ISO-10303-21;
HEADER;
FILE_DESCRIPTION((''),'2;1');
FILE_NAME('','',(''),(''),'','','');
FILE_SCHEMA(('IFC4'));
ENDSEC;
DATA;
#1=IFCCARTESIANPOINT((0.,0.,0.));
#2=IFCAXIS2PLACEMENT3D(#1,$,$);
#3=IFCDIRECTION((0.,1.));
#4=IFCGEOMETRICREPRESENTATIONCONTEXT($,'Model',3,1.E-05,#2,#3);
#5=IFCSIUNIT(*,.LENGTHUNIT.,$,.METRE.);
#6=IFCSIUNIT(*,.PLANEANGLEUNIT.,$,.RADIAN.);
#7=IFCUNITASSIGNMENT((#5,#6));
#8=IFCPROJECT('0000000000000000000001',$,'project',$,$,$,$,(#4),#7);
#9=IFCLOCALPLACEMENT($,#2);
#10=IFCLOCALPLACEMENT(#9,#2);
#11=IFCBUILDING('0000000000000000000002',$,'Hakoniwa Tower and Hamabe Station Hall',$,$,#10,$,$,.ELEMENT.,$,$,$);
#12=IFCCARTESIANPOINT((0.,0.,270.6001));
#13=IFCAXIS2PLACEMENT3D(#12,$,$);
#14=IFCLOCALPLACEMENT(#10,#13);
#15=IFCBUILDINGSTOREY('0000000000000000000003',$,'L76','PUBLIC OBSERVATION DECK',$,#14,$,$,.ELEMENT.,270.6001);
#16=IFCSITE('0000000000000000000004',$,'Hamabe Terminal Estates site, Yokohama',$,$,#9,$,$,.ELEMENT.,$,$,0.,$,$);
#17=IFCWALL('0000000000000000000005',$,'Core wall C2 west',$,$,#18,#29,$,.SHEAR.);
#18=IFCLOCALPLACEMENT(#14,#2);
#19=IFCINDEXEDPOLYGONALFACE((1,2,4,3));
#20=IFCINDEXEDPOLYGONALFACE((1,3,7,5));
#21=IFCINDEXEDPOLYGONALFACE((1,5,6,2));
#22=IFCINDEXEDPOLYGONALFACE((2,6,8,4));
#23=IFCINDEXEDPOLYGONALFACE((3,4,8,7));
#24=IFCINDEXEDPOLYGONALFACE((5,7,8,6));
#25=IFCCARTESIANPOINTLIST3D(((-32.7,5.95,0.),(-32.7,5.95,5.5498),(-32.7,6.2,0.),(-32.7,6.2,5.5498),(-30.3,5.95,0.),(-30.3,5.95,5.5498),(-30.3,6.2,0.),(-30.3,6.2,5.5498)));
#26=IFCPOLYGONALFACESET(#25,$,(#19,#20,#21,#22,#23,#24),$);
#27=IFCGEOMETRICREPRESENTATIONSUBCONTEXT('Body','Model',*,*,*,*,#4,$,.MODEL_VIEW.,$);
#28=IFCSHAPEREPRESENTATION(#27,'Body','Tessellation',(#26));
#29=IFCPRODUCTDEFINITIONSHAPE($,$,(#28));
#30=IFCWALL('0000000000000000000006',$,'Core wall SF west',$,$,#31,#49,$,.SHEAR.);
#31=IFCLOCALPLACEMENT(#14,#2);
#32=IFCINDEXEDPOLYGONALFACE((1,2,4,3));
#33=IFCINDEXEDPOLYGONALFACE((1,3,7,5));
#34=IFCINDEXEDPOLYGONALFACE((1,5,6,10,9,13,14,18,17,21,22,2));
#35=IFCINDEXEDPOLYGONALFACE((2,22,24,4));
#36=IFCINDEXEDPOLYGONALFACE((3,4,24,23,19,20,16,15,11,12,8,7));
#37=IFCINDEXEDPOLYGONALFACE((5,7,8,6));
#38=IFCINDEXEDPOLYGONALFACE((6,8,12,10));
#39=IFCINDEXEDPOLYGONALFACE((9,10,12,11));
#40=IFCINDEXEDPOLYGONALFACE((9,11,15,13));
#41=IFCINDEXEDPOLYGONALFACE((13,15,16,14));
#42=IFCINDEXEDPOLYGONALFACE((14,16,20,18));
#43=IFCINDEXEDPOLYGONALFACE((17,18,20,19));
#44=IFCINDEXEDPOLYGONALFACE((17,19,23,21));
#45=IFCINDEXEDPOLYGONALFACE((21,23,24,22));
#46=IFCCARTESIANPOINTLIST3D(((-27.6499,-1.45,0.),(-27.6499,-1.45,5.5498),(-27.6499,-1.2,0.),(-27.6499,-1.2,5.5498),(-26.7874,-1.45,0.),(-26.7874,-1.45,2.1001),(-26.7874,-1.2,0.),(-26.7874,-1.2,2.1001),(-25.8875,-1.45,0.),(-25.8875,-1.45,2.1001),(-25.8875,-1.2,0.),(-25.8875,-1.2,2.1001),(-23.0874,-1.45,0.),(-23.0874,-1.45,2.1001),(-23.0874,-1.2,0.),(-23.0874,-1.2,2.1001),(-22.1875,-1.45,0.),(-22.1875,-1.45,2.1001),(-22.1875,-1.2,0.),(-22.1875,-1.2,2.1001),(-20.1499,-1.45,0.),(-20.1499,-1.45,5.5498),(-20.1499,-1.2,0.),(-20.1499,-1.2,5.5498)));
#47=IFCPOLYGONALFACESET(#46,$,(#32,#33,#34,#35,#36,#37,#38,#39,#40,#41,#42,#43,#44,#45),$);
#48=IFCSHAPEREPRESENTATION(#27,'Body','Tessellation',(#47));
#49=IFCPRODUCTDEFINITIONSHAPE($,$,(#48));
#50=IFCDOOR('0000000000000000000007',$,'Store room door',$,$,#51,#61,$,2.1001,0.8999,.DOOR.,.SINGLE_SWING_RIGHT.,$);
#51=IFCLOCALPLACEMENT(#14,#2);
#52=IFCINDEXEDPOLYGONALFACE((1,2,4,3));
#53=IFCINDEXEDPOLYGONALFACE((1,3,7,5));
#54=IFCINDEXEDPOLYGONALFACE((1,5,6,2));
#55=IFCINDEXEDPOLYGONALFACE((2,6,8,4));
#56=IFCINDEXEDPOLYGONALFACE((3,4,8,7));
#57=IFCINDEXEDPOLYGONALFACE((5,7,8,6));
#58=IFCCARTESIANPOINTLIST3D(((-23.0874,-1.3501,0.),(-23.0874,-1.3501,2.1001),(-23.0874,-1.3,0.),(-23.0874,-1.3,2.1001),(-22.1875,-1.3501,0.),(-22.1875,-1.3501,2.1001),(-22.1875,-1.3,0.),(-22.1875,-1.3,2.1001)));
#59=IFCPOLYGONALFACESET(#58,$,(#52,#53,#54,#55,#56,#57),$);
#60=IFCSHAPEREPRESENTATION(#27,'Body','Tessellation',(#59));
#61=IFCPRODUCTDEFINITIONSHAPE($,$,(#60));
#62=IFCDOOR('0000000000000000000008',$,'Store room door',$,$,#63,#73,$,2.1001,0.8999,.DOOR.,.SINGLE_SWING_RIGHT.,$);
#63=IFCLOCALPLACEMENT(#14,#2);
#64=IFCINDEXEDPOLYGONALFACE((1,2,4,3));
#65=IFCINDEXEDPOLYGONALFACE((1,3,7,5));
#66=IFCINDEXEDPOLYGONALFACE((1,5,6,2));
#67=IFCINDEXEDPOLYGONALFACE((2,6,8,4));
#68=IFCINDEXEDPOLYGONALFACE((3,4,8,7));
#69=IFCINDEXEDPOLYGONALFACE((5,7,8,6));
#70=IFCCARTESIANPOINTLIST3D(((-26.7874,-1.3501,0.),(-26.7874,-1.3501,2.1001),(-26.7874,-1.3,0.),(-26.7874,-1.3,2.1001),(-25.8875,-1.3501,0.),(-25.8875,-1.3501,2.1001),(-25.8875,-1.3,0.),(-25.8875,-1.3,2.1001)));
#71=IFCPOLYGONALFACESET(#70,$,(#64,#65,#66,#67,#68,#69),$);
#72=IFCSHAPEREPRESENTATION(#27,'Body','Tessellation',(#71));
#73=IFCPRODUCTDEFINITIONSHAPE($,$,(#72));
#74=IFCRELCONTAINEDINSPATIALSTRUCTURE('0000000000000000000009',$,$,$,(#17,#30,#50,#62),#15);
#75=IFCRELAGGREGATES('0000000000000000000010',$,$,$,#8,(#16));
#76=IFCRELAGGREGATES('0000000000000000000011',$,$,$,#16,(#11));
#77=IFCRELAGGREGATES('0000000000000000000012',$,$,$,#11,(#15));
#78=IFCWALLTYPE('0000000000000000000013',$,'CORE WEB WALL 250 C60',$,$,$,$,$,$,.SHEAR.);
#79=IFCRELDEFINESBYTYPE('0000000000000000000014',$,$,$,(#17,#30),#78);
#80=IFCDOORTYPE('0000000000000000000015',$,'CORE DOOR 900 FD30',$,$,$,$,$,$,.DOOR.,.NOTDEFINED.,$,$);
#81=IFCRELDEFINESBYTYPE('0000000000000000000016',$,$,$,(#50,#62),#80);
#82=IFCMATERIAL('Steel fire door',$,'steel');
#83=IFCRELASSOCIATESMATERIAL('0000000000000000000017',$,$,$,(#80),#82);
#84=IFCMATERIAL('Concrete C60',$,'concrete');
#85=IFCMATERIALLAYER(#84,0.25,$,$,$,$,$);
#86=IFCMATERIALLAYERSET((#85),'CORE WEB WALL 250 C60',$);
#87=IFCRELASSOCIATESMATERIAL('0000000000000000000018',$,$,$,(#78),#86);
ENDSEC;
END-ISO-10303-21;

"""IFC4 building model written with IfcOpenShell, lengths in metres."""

from ifc_helpers import new_model, si_unit, direction, frame, frame_2d, origin, place, context, subcontext, project, spatial, rectangle, extrude, material, layer, layer_set, type_object, element, fill, save


model = new_model("IFC4")

# Units and contexts
model_context = context("Model", 3, precision=1e-05, world=origin(), true_north=direction((0.0, 1.0)))
body_context = subcontext(model_context, "Body", "Model", "MODEL_VIEW")
ifc_project = project(units=[si_unit("LENGTHUNIT", "METRE"), si_unit("PLANEANGLEUNIT", "RADIAN")], contexts=[model_context])

# Site, building, storey
site_placement = place(None, origin())
site = spatial("IfcSite", under=ifc_project, at=site_placement, Name="Hamabe Terminal Estates site, Yokohama", CompositionType="ELEMENT", RefElevation=0.0)
building_placement = place(site_placement, origin())
building = spatial("IfcBuilding", under=site, at=building_placement, Name="Hakoniwa Tower and Hamabe Station Hall", CompositionType="ELEMENT")
storey_placement = place(building_placement, frame((0.0, 0.0, 270.6001)))
storey = spatial("IfcBuildingStorey", under=building, at=storey_placement, Name="L76", Description="PUBLIC OBSERVATION DECK", CompositionType="ELEMENT", Elevation=270.6001)

# Shared definitions
ifc_material_1 = material(Name="Steel fire door", Category="steel")
door_type_1 = type_object("IfcDoorType", Name="CORE DOOR 900 FD30", OperationType="NOTDEFINED", PredefinedType="DOOR", material=ifc_material_1)

# Shared definitions
ifc_material_2 = material(Name="Concrete C60", Category="concrete")
ifc_layer_1 = layer(ifc_material_2, 0.25)
ifc_layer_set_1 = layer_set([ifc_layer_1], Name="CORE WEB WALL 250 C60")
wall_type_1 = type_object("IfcWallType", Name="CORE WEB WALL 250 C60", PredefinedType="SHEAR", material=ifc_layer_set_1)

# Wall
wall_1_placement = place(storey_placement, frame((-32.7, 6.075, 0.0), z_axis=(0.0, 0.0, 1.0), x_axis=(1.0, 0.0, 0.0)))
element("IfcWall", 1, at=wall_1_placement, inside=storey, type_object=wall_type_1, Name="Core wall C2 west", PredefinedType="SHEAR", context=body_context, shape_type="SweptSolid", body=[
    extrude(rectangle(XDim=2.3999, YDim=0.25, at=frame_2d((1.2, 0.0))), origin(), (0.0, 0.0, 1.0), 5.5498),
])

# Wall, openings, doors
wall_2_placement = place(storey_placement, frame((-27.6499, -1.325, 0.0), z_axis=(0.0, 0.0, 1.0), x_axis=(1.0, 0.0, 0.0)))
wall_2 = element("IfcWall", 2, at=wall_2_placement, inside=storey, type_object=wall_type_1, Name="Core wall SF west", PredefinedType="SHEAR", context=body_context, shape_type="SweptSolid", body=[
    extrude(rectangle(XDim=7.5, YDim=0.25, at=frame_2d((3.75, 0.0))), origin(), (0.0, 0.0, 1.0), 5.5498),
])
opening_1_placement = place(wall_2_placement, frame((4.5625, 0.0, 0.0)))
opening_1 = element("IfcOpeningElement", 3, at=opening_1_placement, cuts=wall_2, PredefinedType="OPENING", context=body_context, shape_type="SweptSolid", body=[
    extrude(rectangle(XDim=0.8999, YDim=2.1001, at=frame_2d((0.45, 1.05))), frame((0.0, 0.135, 0.0), z_axis=(0.0, -1.0, 0.0), x_axis=(1.0, 0.0, 0.0)), (0.0, 0.0, 1.0), 0.27),
])
opening_2_placement = place(wall_2_placement, frame((0.8625, 0.0, 0.0)))
opening_2 = element("IfcOpeningElement", 4, at=opening_2_placement, cuts=wall_2, PredefinedType="OPENING", context=body_context, shape_type="SweptSolid", body=[
    extrude(rectangle(XDim=0.8999, YDim=2.1001, at=frame_2d((0.45, 1.05))), frame((0.0, 0.135, 0.0), z_axis=(0.0, -1.0, 0.0), x_axis=(1.0, 0.0, 0.0)), (0.0, 0.0, 1.0), 0.27),
])
door_1_placement = place(opening_1_placement, origin())
door_1 = element("IfcDoor", 5, at=door_1_placement, inside=storey, type_object=door_type_1, Name="Store room door", OperationType="SINGLE_SWING_RIGHT", OverallHeight=2.1001, OverallWidth=0.8999, PredefinedType="DOOR", context=body_context, shape_type="SweptSolid", body=[
    extrude(rectangle(XDim=0.8999, YDim=2.1001, at=frame_2d((0.45, 1.05))), frame((0.0, 0.0249, 0.0), z_axis=(0.0, -1.0, 0.0), x_axis=(1.0, 0.0, 0.0)), (0.0, 0.0, 1.0), 0.05),
])
fill(opening_1, door_1)
door_2_placement = place(opening_2_placement, origin())
door_2 = element("IfcDoor", 6, at=door_2_placement, inside=storey, type_object=door_type_1, Name="Store room door", OperationType="SINGLE_SWING_RIGHT", OverallHeight=2.1001, OverallWidth=0.8999, PredefinedType="DOOR", context=body_context, shape_type="SweptSolid", body=[
    extrude(rectangle(XDim=0.8999, YDim=2.1001, at=frame_2d((0.45, 1.05))), frame((0.0, 0.0249, 0.0), z_axis=(0.0, -1.0, 0.0), x_axis=(1.0, 0.0, 0.0)), (0.0, 0.0, 1.0), 0.05),
])
fill(opening_2, door_2)

save(model, "model.ifc")
